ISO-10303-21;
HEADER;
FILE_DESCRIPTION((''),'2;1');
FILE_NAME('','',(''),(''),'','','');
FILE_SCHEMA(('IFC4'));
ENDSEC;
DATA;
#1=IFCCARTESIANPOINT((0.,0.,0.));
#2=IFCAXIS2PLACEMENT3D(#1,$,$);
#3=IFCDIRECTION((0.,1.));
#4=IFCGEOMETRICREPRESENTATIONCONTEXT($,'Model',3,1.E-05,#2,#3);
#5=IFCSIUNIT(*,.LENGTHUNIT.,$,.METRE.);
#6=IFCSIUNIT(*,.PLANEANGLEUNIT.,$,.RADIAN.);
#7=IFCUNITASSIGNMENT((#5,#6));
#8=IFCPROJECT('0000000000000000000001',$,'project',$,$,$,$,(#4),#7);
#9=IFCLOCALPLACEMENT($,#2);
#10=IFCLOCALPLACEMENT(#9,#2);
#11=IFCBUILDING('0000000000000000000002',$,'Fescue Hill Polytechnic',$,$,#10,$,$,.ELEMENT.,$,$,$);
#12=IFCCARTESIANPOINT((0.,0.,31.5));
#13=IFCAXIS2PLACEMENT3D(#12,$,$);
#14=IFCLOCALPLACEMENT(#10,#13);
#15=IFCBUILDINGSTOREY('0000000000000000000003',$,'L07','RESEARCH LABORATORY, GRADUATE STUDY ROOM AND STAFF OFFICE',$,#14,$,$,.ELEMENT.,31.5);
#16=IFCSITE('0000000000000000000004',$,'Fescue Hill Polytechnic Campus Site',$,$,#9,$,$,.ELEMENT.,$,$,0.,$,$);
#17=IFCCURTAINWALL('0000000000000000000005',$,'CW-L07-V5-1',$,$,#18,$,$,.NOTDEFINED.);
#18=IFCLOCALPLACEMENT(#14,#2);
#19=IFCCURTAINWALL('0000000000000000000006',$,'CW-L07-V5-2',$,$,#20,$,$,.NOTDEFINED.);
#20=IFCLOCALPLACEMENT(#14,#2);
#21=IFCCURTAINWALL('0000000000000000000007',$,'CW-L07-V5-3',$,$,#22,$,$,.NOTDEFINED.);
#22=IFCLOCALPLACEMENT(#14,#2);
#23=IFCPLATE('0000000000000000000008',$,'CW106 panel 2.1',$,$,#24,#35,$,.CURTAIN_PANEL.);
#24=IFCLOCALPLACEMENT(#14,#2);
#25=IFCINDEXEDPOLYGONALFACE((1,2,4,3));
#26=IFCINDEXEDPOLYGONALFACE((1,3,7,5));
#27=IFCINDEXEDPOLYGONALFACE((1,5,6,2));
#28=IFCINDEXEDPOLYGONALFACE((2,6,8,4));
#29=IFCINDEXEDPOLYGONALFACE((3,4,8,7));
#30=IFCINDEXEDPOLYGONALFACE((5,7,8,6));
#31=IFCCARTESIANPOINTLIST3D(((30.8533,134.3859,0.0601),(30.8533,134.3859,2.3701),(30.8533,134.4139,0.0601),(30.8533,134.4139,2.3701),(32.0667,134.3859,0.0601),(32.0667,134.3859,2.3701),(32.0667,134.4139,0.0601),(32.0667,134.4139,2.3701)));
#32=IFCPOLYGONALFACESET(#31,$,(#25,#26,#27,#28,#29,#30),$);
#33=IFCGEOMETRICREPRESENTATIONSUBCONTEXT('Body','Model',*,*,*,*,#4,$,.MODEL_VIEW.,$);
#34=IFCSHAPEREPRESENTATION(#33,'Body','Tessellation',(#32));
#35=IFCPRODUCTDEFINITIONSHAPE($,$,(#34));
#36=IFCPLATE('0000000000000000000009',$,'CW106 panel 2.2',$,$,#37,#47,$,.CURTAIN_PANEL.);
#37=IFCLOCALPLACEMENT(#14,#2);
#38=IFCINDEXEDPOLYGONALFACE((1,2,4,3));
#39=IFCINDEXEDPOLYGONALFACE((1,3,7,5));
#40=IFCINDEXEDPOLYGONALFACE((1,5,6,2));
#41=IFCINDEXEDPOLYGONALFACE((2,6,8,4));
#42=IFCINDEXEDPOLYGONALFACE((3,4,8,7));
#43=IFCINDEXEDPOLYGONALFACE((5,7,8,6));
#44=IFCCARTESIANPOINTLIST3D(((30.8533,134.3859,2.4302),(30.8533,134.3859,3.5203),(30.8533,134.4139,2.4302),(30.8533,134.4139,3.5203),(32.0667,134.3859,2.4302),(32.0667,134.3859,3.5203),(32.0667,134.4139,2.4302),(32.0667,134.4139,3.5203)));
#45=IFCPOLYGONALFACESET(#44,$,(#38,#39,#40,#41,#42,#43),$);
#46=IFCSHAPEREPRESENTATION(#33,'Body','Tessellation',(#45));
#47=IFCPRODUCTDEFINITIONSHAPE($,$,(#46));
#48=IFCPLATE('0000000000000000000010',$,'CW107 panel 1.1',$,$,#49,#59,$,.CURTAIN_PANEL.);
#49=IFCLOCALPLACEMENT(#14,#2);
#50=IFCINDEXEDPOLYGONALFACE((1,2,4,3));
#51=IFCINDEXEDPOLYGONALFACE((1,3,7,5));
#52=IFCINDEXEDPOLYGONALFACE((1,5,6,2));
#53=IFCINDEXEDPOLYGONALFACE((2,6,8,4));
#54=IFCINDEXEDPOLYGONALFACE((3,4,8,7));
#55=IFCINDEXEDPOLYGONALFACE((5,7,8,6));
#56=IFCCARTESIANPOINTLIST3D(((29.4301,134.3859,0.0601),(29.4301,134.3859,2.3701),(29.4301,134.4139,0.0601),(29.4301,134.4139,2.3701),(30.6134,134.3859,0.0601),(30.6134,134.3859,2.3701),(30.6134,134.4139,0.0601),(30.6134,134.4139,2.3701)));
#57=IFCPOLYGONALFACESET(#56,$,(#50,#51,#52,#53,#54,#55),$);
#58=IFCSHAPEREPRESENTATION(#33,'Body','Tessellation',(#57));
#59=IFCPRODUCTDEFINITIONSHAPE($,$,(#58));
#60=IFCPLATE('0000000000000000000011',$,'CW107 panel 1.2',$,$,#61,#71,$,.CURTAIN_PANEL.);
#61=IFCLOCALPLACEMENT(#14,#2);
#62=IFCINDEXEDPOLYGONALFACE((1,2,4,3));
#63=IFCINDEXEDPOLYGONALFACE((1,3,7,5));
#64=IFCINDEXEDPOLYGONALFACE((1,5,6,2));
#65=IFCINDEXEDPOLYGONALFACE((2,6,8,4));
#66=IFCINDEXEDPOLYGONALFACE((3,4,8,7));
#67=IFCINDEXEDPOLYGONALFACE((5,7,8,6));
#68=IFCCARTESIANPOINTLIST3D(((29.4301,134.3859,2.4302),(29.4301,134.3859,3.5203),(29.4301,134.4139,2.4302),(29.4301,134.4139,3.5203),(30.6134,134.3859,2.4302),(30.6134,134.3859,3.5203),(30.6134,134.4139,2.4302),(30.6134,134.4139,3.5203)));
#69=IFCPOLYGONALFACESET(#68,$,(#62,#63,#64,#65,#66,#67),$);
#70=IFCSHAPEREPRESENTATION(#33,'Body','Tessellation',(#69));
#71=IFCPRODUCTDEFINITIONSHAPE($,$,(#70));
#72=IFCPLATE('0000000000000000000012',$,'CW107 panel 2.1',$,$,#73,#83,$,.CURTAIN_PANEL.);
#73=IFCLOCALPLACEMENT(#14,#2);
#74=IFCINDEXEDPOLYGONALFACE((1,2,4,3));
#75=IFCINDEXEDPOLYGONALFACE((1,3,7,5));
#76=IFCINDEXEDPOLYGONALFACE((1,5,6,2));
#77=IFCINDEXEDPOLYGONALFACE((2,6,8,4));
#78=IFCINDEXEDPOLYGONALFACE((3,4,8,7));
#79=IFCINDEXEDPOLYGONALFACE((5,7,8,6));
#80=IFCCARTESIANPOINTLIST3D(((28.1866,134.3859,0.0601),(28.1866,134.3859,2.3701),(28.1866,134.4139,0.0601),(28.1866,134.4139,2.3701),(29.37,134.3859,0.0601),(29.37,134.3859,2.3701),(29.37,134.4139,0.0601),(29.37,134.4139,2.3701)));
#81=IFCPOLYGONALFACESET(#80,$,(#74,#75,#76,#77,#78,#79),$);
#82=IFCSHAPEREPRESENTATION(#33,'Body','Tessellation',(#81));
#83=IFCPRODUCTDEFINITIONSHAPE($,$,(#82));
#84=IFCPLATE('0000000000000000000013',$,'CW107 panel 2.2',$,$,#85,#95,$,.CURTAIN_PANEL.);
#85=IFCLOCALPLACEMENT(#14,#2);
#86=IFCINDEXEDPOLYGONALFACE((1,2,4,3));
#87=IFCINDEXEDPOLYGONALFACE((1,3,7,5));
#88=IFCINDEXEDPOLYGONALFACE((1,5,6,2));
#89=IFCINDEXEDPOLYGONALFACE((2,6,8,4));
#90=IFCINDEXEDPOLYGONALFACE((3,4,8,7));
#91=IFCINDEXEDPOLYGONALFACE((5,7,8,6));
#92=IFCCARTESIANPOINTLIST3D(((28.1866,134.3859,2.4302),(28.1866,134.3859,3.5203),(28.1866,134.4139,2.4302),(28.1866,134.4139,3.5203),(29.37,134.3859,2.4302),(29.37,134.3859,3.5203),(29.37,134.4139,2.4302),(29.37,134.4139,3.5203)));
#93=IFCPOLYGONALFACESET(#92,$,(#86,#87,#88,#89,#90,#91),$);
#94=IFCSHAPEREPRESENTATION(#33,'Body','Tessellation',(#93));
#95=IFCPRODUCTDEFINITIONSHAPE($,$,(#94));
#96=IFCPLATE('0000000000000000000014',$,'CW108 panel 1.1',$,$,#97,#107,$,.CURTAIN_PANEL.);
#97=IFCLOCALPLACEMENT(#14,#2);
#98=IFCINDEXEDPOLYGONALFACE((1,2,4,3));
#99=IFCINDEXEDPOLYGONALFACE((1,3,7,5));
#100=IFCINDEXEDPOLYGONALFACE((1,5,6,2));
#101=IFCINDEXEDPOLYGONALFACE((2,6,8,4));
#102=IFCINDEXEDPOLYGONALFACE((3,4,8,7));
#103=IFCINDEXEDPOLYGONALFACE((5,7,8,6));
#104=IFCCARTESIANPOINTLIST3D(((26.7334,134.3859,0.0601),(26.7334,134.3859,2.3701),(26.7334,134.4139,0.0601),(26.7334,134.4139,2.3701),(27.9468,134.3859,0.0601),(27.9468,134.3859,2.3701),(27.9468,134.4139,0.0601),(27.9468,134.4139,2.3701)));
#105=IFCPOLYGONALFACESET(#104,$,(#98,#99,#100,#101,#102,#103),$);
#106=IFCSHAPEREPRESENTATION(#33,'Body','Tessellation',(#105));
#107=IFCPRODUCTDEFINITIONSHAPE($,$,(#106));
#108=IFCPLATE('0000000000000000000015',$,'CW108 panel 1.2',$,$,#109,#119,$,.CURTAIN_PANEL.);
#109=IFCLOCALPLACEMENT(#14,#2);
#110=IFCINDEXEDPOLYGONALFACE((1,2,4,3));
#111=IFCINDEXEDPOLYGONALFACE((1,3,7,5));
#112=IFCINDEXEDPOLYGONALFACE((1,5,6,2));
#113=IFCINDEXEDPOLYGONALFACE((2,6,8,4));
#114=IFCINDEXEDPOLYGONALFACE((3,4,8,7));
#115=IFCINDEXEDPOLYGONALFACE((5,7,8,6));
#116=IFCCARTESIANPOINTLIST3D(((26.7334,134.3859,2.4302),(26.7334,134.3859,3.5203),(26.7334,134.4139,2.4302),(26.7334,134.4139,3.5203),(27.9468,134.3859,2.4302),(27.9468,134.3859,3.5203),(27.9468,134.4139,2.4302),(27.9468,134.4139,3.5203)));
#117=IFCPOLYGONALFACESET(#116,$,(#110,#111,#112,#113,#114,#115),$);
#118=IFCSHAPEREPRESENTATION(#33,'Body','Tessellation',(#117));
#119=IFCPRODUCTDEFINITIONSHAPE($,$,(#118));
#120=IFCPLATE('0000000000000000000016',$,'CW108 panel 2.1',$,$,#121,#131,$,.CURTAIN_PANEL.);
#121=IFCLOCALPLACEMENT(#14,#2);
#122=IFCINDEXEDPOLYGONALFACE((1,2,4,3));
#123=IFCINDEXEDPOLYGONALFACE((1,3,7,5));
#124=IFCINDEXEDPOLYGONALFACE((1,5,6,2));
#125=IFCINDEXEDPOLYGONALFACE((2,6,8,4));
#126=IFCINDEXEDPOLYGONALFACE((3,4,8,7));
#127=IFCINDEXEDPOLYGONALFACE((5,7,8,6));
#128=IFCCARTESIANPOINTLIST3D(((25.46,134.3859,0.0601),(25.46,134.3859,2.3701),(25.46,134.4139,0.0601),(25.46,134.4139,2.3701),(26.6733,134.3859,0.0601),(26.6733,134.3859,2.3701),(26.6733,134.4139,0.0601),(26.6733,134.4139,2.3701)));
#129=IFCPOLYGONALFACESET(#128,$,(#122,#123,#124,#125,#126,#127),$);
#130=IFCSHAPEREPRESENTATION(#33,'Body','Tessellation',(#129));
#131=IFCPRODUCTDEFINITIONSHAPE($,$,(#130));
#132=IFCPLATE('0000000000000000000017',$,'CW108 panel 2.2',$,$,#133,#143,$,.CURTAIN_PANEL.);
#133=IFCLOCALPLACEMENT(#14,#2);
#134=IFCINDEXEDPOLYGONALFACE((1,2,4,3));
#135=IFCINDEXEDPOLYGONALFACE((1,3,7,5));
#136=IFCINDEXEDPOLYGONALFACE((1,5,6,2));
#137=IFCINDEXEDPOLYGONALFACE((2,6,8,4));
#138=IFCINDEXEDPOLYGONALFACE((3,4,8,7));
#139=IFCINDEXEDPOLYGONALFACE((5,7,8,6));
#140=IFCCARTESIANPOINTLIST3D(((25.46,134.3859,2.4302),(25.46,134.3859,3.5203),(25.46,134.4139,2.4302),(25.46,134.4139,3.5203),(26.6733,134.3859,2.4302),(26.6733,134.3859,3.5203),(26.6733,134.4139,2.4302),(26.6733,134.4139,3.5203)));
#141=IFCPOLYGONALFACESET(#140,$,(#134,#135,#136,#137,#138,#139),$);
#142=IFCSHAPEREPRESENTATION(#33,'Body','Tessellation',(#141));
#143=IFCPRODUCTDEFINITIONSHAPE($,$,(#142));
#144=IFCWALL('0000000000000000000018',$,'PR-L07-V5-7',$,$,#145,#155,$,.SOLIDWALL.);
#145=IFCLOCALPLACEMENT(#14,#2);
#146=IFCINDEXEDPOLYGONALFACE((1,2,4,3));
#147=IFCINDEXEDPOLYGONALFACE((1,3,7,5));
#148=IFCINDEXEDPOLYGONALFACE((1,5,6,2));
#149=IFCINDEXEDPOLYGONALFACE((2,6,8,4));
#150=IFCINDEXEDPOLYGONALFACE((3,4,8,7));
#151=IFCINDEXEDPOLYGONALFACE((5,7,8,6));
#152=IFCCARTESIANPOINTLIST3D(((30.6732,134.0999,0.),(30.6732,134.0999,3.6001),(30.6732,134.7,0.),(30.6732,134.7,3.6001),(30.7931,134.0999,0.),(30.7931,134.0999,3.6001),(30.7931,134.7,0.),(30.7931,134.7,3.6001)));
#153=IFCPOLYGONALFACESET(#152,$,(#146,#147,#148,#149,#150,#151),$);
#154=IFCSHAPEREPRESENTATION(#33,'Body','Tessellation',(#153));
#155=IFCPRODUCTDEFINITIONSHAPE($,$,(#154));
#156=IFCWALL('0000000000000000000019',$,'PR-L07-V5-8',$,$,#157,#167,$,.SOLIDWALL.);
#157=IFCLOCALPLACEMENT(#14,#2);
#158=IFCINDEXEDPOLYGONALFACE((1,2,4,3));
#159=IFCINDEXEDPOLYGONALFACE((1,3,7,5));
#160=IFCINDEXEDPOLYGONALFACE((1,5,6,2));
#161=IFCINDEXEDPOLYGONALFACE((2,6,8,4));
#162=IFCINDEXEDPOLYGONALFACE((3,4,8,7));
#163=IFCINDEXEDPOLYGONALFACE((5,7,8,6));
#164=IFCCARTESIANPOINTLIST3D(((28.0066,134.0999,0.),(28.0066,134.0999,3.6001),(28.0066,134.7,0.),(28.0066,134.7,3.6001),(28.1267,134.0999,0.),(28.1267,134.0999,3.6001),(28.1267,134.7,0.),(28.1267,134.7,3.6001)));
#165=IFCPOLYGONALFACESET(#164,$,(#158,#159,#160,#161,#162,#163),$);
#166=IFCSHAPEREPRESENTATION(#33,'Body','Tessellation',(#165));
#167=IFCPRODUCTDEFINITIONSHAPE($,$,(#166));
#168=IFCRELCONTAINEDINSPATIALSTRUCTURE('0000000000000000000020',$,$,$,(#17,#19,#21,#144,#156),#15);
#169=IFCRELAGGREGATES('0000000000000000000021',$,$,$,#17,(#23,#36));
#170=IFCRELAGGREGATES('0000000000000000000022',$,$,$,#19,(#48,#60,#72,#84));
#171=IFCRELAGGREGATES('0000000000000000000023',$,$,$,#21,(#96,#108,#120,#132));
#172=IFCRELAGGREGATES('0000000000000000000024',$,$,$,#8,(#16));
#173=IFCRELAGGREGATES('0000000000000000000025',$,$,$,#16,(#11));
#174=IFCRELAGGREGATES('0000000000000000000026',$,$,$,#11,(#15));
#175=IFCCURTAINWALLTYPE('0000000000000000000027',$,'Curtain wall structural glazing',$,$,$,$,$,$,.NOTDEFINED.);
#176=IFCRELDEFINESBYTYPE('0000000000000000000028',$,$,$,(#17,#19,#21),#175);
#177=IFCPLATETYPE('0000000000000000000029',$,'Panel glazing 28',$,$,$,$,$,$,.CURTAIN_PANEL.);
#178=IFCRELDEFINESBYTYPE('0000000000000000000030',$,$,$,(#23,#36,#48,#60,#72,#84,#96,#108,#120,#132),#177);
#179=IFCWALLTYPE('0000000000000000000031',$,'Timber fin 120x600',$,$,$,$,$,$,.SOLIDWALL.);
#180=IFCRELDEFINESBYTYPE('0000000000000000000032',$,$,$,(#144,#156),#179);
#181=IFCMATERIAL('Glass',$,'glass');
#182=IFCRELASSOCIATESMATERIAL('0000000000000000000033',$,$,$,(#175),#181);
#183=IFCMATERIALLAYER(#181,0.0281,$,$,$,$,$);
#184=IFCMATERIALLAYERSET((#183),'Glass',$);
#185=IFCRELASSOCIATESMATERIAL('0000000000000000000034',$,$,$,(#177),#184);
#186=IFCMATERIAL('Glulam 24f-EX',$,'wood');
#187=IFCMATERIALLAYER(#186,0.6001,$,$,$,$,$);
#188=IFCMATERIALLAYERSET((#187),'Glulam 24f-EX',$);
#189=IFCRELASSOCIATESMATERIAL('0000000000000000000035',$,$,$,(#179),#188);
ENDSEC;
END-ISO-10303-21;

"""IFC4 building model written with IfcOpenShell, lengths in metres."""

from ifc_helpers import new_model, si_unit, direction, frame, frame_2d, origin, origin_2d, place, context, subcontext, project, spatial, rectangle, extrude, material, layer, layer_set, type_object, element, aggregate, save


model = new_model("IFC4")

# Units and contexts
model_context = context("Model", 3, precision=1e-05, world=origin(), true_north=direction((0.0, 1.0)))
body_context = subcontext(model_context, "Body", "Model", "MODEL_VIEW")
ifc_project = project(units=[si_unit("LENGTHUNIT", "METRE"), si_unit("PLANEANGLEUNIT", "RADIAN")], contexts=[model_context])

# Site, building, storey
site_placement = place(None, origin())
site = spatial("IfcSite", under=ifc_project, at=site_placement, Name="Fescue Hill Polytechnic Campus Site", CompositionType="ELEMENT", RefElevation=0.0)
building_placement = place(site_placement, origin())
building = spatial("IfcBuilding", under=site, at=building_placement, Name="Fescue Hill Polytechnic", CompositionType="ELEMENT")
storey_placement = place(building_placement, frame((0.0, 0.0, 31.5)))
storey = spatial("IfcBuildingStorey", under=building, at=storey_placement, Name="L07", Description="RESEARCH LABORATORY, GRADUATE STUDY ROOM AND STAFF OFFICE", CompositionType="ELEMENT", Elevation=31.5)

# Curtain walls
ifc_material_1 = material(Name="Glass", Category="glass")
curtain_wall_type = type_object("IfcCurtainWallType", Name="Curtain wall structural glazing", PredefinedType="NOTDEFINED", material=ifc_material_1)
curtain_wall_1_placement = place(storey_placement, origin())
curtain_wall_1 = element("IfcCurtainWall", 1, at=curtain_wall_1_placement, inside=storey, type_object=curtain_wall_type, Name="CW-L07-V5-1", PredefinedType="NOTDEFINED")
curtain_wall_2_placement = place(storey_placement, origin())
curtain_wall_2 = element("IfcCurtainWall", 2, at=curtain_wall_2_placement, inside=storey, type_object=curtain_wall_type, Name="CW-L07-V5-2", PredefinedType="NOTDEFINED")
curtain_wall_3_placement = place(storey_placement, origin())
curtain_wall_3 = element("IfcCurtainWall", 3, at=curtain_wall_3_placement, inside=storey, type_object=curtain_wall_type, Name="CW-L07-V5-3", PredefinedType="NOTDEFINED")

# Plates
ifc_layer_1 = layer(ifc_material_1, 0.0281)
ifc_layer_set_1 = layer_set([ifc_layer_1], Name="Glass")
plate_type = type_object("IfcPlateType", Name="Panel glazing 28", PredefinedType="CURTAIN_PANEL", material=ifc_layer_set_1)
plate_1_placement = place(storey_placement, frame((31.46, 134.3999, 0.0601), z_axis=(0.0, 0.0, 1.0), x_axis=(-1.0, 0.0, 0.0)))
plate_1 = element("IfcPlate", 4, at=plate_1_placement, type_object=plate_type, Name="CW106 panel 2.1", PredefinedType="CURTAIN_PANEL", context=body_context, shape_type="SweptSolid", body=[
    extrude(rectangle(XDim=1.2134, YDim=0.0281, at=origin_2d()), origin(), (0.0, 0.0, 1.0), 2.3101),
])
plate_2_placement = place(storey_placement, frame((31.46, 134.3999, 2.4302), z_axis=(0.0, 0.0, 1.0), x_axis=(-1.0, 0.0, 0.0)))
plate_2 = element("IfcPlate", 5, at=plate_2_placement, type_object=plate_type, Name="CW106 panel 2.2", PredefinedType="CURTAIN_PANEL", context=body_context, shape_type="SweptSolid", body=[
    extrude(rectangle(XDim=1.2134, YDim=0.0281, at=origin_2d()), origin(), (0.0, 0.0, 1.0), 1.0901),
])
aggregate(curtain_wall_1, [plate_1, plate_2])
plate_3_placement = place(storey_placement, frame((30.0217, 134.3999, 0.0601), z_axis=(0.0, 0.0, 1.0), x_axis=(-1.0, 0.0, 0.0)))
plate_3 = element("IfcPlate", 6, at=plate_3_placement, type_object=plate_type, Name="CW107 panel 1.1", PredefinedType="CURTAIN_PANEL", context=body_context, shape_type="SweptSolid", body=[
    extrude(rectangle(XDim=1.1833, YDim=0.0281, at=origin_2d()), origin(), (0.0, 0.0, 1.0), 2.3101),
])
plate_4_placement = place(storey_placement, frame((30.0217, 134.3999, 2.4302), z_axis=(0.0, 0.0, 1.0), x_axis=(-1.0, 0.0, 0.0)))
plate_4 = element("IfcPlate", 7, at=plate_4_placement, type_object=plate_type, Name="CW107 panel 1.2", PredefinedType="CURTAIN_PANEL", context=body_context, shape_type="SweptSolid", body=[
    extrude(rectangle(XDim=1.1833, YDim=0.0281, at=origin_2d()), origin(), (0.0, 0.0, 1.0), 1.0901),
])
plate_5_placement = place(storey_placement, frame((28.7783, 134.3999, 0.0601), z_axis=(0.0, 0.0, 1.0), x_axis=(-1.0, 0.0, 0.0)))
plate_5 = element("IfcPlate", 8, at=plate_5_placement, type_object=plate_type, Name="CW107 panel 2.1", PredefinedType="CURTAIN_PANEL", context=body_context, shape_type="SweptSolid", body=[
    extrude(rectangle(XDim=1.1833, YDim=0.0281, at=origin_2d()), origin(), (0.0, 0.0, 1.0), 2.3101),
])
plate_6_placement = place(storey_placement, frame((28.7783, 134.3999, 2.4302), z_axis=(0.0, 0.0, 1.0), x_axis=(-1.0, 0.0, 0.0)))
plate_6 = element("IfcPlate", 9, at=plate_6_placement, type_object=plate_type, Name="CW107 panel 2.2", PredefinedType="CURTAIN_PANEL", context=body_context, shape_type="SweptSolid", body=[
    extrude(rectangle(XDim=1.1833, YDim=0.0281, at=origin_2d()), origin(), (0.0, 0.0, 1.0), 1.0901),
])
aggregate(curtain_wall_2, [plate_3, plate_4, plate_5, plate_6])
plate_7_placement = place(storey_placement, frame((27.3401, 134.3999, 0.0601), z_axis=(0.0, 0.0, 1.0), x_axis=(-1.0, 0.0, 0.0)))
plate_7 = element("IfcPlate", 10, at=plate_7_placement, type_object=plate_type, Name="CW108 panel 1.1", PredefinedType="CURTAIN_PANEL", context=body_context, shape_type="SweptSolid", body=[
    extrude(rectangle(XDim=1.2134, YDim=0.0281, at=origin_2d()), origin(), (0.0, 0.0, 1.0), 2.3101),
])
plate_8_placement = place(storey_placement, frame((27.3401, 134.3999, 2.4302), z_axis=(0.0, 0.0, 1.0), x_axis=(-1.0, 0.0, 0.0)))
plate_8 = element("IfcPlate", 11, at=plate_8_placement, type_object=plate_type, Name="CW108 panel 1.2", PredefinedType="CURTAIN_PANEL", context=body_context, shape_type="SweptSolid", body=[
    extrude(rectangle(XDim=1.2134, YDim=0.0281, at=origin_2d()), origin(), (0.0, 0.0, 1.0), 1.0901),
])
plate_9_placement = place(storey_placement, frame((26.0667, 134.3999, 0.0601), z_axis=(0.0, 0.0, 1.0), x_axis=(-1.0, 0.0, 0.0)))
plate_9 = element("IfcPlate", 12, at=plate_9_placement, type_object=plate_type, Name="CW108 panel 2.1", PredefinedType="CURTAIN_PANEL", context=body_context, shape_type="SweptSolid", body=[
    extrude(rectangle(XDim=1.2134, YDim=0.0281, at=origin_2d()), origin(), (0.0, 0.0, 1.0), 2.3101),
])
plate_10_placement = place(storey_placement, frame((26.0667, 134.3999, 2.4302), z_axis=(0.0, 0.0, 1.0), x_axis=(-1.0, 0.0, 0.0)))
plate_10 = element("IfcPlate", 13, at=plate_10_placement, type_object=plate_type, Name="CW108 panel 2.2", PredefinedType="CURTAIN_PANEL", context=body_context, shape_type="SweptSolid", body=[
    extrude(rectangle(XDim=1.2134, YDim=0.0281, at=origin_2d()), origin(), (0.0, 0.0, 1.0), 1.0901),
])
aggregate(curtain_wall_3, [plate_7, plate_8, plate_9, plate_10])

# Walls
ifc_material_2 = material(Name="Glulam 24f-EX", Category="wood")
ifc_layer_2 = layer(ifc_material_2, 0.6001)
ifc_layer_set_2 = layer_set([ifc_layer_2], Name="Glulam 24f-EX")
wall_type = type_object("IfcWallType", Name="Timber fin 120x600", PredefinedType="SOLIDWALL", material=ifc_layer_set_2)
wall_1_placement = place(storey_placement, frame((30.7932, 134.3999, 0.0), z_axis=(0.0, 0.0, 1.0), x_axis=(-1.0, 0.0, 0.0)))
element("IfcWall", 14, at=wall_1_placement, inside=storey, type_object=wall_type, Name="PR-L07-V5-7", PredefinedType="SOLIDWALL", context=body_context, shape_type="SweptSolid", body=[
    extrude(rectangle(XDim=0.1199, YDim=0.6001, at=frame_2d((0.0601, 0.0))), origin(), (0.0, 0.0, 1.0), 3.6001),
])
wall_2_placement = place(storey_placement, frame((28.1267, 134.3999, 0.0), z_axis=(0.0, 0.0, 1.0), x_axis=(-1.0, 0.0, 0.0)))
element("IfcWall", 15, at=wall_2_placement, inside=storey, type_object=wall_type, Name="PR-L07-V5-8", PredefinedType="SOLIDWALL", context=body_context, shape_type="SweptSolid", body=[
    extrude(rectangle(XDim=0.1201, YDim=0.6001, at=frame_2d((0.0601, 0.0))), origin(), (0.0, 0.0, 1.0), 3.6001),
])

save(model, "model.ifc")
